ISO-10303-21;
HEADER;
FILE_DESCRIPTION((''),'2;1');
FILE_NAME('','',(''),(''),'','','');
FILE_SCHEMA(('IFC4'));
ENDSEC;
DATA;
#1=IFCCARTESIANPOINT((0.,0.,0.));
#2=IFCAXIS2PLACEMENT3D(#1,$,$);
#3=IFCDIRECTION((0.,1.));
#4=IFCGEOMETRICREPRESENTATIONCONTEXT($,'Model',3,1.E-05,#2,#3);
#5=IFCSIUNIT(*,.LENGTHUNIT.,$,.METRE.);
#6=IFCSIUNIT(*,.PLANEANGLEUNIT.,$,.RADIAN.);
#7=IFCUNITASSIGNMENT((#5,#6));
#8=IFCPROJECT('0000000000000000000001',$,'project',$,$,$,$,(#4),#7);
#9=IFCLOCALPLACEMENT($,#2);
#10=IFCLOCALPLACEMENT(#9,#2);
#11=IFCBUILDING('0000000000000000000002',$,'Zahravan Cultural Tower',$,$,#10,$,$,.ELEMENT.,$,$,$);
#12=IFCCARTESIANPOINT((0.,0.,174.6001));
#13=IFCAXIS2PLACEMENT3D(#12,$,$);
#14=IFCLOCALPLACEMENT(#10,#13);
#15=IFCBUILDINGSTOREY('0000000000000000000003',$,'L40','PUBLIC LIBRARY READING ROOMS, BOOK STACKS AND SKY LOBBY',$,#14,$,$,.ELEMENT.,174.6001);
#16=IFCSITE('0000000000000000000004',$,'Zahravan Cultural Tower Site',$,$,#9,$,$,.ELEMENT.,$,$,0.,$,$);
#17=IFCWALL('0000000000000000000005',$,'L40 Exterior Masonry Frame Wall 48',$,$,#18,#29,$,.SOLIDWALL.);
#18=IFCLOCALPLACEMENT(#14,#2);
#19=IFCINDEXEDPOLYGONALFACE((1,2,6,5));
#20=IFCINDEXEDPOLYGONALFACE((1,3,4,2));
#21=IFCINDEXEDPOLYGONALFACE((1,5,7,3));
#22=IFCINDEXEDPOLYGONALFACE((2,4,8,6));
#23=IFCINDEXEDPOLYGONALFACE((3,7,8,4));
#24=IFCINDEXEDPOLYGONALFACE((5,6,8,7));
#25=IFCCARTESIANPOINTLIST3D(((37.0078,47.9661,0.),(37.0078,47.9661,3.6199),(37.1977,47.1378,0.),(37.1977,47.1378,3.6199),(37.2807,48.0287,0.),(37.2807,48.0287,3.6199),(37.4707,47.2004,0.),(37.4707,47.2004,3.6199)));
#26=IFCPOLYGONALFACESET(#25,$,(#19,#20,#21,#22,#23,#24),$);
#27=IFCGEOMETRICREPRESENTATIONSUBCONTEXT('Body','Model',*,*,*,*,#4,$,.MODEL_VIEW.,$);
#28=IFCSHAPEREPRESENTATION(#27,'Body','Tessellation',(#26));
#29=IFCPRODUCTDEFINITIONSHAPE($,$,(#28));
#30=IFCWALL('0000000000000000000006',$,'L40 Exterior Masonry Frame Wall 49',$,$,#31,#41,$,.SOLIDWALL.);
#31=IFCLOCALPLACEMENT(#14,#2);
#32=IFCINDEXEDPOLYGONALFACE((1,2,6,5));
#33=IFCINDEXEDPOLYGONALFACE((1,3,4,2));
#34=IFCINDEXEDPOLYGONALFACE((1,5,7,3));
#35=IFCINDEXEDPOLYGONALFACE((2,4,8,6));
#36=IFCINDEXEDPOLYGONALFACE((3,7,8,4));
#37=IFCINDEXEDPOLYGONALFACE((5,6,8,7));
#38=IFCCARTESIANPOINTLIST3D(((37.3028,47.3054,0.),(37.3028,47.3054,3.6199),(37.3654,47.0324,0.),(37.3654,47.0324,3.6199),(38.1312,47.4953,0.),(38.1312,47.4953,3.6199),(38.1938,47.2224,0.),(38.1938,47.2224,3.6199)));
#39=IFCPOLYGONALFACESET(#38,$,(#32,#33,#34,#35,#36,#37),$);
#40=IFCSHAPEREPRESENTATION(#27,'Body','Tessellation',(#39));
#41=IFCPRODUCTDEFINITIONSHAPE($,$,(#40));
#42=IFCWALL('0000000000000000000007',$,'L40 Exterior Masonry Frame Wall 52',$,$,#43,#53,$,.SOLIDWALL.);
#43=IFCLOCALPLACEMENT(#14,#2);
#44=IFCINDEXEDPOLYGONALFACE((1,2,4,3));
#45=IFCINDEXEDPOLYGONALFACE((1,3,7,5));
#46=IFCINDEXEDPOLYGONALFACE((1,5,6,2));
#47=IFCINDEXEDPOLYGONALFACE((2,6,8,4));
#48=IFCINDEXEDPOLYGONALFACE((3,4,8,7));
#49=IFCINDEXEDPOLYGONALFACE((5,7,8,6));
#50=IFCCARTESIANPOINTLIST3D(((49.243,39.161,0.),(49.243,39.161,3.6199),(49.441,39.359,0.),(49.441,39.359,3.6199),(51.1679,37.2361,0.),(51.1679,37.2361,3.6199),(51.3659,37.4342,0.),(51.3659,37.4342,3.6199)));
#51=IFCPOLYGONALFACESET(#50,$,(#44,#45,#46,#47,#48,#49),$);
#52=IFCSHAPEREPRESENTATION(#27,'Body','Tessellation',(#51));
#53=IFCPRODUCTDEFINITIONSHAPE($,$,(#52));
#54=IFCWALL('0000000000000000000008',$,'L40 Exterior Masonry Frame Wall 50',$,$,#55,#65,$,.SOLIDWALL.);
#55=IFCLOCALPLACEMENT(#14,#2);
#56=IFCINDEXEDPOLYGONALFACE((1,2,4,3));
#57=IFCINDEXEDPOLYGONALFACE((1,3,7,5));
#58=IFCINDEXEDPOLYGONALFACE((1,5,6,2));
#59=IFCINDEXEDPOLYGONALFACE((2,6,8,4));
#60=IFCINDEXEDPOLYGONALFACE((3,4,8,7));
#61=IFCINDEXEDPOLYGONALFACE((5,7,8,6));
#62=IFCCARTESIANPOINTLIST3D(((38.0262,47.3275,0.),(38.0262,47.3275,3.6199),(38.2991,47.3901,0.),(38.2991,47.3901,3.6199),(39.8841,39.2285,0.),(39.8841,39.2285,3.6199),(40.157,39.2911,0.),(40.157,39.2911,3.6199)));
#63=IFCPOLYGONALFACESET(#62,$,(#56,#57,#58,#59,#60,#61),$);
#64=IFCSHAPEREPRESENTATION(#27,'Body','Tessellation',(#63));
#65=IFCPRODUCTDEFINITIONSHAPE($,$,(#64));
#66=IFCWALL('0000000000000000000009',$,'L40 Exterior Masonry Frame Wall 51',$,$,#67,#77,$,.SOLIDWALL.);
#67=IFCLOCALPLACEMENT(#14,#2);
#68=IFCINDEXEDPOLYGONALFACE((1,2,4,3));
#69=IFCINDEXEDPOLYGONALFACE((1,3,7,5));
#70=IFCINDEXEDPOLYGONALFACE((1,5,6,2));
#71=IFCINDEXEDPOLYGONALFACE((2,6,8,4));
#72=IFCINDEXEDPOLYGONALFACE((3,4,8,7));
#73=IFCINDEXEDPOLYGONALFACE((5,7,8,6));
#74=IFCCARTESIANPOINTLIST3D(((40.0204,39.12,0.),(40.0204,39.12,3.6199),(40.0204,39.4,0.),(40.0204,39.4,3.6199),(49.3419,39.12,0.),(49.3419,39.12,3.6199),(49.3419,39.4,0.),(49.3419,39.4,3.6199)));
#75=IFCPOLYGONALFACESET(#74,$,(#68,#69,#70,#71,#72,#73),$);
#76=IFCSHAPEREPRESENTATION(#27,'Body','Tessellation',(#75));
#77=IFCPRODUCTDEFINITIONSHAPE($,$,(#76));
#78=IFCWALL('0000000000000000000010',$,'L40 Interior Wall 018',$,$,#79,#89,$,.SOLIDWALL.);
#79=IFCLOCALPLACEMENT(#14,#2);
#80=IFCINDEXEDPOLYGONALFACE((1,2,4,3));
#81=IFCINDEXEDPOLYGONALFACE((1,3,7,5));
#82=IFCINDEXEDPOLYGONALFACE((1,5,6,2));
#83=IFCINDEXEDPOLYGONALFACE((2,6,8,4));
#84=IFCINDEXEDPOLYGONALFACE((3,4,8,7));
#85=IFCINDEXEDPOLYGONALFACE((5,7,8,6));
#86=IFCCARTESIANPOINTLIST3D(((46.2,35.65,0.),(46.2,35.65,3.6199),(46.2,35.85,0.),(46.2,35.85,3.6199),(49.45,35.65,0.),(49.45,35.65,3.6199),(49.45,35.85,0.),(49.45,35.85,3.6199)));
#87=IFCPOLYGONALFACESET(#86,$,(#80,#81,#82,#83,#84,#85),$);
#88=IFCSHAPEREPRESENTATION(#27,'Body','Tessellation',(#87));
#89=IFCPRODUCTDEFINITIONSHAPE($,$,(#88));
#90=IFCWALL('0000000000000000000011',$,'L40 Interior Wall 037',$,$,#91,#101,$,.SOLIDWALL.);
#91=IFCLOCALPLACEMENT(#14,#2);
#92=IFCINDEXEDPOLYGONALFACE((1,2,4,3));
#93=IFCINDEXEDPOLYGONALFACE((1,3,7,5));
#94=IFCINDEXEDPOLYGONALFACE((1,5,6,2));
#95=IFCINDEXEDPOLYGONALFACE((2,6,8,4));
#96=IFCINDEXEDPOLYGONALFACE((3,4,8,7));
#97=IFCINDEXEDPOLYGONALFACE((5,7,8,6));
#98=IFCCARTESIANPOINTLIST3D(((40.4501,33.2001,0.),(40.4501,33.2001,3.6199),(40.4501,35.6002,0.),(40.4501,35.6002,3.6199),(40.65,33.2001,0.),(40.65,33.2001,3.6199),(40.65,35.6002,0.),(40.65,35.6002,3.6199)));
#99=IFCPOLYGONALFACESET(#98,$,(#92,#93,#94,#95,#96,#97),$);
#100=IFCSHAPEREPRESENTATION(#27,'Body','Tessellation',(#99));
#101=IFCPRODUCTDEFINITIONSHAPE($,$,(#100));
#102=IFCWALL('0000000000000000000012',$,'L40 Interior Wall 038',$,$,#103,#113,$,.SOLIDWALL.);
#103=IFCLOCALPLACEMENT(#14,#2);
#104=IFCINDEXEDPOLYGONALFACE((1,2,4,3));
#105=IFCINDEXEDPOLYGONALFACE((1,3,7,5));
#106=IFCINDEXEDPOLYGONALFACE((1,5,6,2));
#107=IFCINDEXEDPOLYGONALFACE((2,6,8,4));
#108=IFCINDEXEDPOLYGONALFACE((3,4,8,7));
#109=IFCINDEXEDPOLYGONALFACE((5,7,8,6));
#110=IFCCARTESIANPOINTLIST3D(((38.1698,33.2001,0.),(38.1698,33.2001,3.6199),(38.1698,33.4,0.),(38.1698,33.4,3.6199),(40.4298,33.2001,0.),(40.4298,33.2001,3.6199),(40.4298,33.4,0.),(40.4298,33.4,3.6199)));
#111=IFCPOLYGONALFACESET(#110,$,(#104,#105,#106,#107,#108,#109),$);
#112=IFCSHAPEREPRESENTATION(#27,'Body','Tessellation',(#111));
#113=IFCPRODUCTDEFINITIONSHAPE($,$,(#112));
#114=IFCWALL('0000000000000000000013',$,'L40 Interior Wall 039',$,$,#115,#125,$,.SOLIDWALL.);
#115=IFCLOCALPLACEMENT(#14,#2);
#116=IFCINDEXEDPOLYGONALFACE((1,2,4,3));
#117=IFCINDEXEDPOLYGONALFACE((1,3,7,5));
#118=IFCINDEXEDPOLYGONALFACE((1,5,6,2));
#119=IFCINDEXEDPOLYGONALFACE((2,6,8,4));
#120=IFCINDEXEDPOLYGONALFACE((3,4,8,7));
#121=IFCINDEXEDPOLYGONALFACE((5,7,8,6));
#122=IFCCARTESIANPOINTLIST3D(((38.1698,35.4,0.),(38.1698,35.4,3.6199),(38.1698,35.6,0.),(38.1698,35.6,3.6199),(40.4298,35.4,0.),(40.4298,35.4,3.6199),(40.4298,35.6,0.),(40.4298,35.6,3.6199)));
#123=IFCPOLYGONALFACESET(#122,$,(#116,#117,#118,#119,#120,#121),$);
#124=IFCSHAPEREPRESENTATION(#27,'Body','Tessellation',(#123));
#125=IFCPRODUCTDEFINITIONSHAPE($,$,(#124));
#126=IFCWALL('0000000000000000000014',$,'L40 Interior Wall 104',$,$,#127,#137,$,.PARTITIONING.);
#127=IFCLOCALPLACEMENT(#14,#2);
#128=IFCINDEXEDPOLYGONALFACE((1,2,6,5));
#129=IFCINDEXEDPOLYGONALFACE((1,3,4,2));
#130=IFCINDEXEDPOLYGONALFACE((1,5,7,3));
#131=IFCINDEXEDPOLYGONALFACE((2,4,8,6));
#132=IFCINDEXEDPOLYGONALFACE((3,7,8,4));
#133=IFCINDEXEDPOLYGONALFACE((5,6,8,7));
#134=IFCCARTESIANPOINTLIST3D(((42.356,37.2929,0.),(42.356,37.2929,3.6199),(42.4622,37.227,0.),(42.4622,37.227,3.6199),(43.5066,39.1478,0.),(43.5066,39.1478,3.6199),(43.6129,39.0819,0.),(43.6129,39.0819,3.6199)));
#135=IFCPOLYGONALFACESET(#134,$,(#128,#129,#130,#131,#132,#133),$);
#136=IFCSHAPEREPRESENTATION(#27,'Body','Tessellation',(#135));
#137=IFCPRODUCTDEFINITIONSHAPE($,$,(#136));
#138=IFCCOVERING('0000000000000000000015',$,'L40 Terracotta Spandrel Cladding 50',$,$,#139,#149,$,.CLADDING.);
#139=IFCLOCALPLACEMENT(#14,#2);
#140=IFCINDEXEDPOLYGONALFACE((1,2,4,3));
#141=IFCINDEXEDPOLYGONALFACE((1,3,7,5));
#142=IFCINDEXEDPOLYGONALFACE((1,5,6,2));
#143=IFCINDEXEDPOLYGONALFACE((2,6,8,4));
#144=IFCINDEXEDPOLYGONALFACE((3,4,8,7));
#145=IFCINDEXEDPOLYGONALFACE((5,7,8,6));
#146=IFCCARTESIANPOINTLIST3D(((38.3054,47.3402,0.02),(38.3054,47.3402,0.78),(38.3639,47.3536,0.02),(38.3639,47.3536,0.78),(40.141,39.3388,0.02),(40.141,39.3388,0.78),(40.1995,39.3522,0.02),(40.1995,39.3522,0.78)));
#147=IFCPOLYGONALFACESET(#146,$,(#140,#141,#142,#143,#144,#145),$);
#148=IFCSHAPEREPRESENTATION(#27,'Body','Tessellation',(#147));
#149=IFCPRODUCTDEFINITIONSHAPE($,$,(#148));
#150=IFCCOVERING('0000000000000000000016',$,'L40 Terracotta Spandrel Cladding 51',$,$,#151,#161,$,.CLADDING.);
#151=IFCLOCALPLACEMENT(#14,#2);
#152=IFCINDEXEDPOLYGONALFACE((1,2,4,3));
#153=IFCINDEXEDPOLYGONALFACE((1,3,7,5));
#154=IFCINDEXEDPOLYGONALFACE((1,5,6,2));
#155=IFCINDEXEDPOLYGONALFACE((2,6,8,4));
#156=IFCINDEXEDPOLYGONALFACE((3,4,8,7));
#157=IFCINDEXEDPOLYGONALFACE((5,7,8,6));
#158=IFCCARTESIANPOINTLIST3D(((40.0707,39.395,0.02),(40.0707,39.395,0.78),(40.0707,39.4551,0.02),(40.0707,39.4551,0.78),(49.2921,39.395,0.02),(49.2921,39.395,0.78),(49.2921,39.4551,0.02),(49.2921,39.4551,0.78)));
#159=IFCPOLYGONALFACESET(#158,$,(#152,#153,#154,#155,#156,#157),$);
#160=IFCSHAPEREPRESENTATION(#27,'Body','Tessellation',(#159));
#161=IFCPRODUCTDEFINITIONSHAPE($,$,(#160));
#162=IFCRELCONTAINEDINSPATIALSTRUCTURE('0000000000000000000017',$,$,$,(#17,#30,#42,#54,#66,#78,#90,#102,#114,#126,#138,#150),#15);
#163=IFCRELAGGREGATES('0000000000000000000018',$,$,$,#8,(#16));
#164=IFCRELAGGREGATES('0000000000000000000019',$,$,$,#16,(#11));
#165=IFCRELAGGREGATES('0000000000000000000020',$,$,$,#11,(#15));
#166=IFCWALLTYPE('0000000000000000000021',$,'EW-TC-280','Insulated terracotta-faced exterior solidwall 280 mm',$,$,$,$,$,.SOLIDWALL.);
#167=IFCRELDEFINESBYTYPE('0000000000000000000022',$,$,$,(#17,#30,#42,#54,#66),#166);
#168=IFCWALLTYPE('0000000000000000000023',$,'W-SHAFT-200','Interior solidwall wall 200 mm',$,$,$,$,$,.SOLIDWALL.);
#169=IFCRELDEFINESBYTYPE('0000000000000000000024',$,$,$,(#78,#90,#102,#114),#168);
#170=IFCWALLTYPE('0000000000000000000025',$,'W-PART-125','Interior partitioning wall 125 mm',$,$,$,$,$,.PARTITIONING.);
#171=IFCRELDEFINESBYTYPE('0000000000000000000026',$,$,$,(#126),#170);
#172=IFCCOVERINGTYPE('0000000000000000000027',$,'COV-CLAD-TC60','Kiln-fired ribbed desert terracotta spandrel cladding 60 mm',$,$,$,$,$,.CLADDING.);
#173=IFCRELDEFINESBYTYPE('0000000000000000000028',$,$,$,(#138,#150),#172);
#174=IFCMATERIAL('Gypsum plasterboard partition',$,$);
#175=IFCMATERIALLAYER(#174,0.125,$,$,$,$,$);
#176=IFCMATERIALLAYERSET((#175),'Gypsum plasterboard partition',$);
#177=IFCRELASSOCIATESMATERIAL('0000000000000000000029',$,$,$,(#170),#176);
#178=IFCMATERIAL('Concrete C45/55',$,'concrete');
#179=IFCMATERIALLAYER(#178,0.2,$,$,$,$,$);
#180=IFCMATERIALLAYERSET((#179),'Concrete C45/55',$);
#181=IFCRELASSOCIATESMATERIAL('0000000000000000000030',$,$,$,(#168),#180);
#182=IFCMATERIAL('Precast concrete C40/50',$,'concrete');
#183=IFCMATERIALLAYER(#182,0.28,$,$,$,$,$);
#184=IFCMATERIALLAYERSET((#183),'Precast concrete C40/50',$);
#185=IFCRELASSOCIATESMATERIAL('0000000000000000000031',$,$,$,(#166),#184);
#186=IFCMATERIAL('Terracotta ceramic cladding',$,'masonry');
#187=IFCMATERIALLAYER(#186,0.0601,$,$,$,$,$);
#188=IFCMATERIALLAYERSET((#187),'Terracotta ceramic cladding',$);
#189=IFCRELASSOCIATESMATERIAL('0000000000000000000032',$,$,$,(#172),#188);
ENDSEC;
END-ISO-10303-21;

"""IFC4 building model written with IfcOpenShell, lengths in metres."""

from ifc_helpers import new_model, si_unit, direction, frame, frame_2d, origin, origin_2d, place, context, subcontext, project, spatial, rectangle, extrude, source, transform, mapped, material, layer, layer_set, type_object, element, save


model = new_model("IFC4")

# Units and contexts
model_context = context("Model", 3, precision=1e-05, world=origin(), true_north=direction((0.0, 1.0)))
body_context = subcontext(model_context, "Body", "Model", "MODEL_VIEW")
ifc_project = project(units=[si_unit("LENGTHUNIT", "METRE"), si_unit("PLANEANGLEUNIT", "RADIAN")], contexts=[model_context])

# Site, building, storey
site_placement = place(None, origin())
site = spatial("IfcSite", under=ifc_project, at=site_placement, Name="Zahravan Cultural Tower Site", CompositionType="ELEMENT", RefElevation=0.0)
building_placement = place(site_placement, origin())
building = spatial("IfcBuilding", under=site, at=building_placement, Name="Zahravan Cultural Tower", CompositionType="ELEMENT")
storey_placement = place(building_placement, frame((0.0, 0.0, 174.6001)))
storey = spatial("IfcBuildingStorey", under=building, at=storey_placement, Name="L40", Description="PUBLIC LIBRARY READING ROOMS, BOOK STACKS AND SKY LOBBY", CompositionType="ELEMENT", Elevation=174.6001)

# Shared definitions
ifc_material_1 = material(Name="Gypsum plasterboard partition")
ifc_layer_1 = layer(ifc_material_1, 0.125)
ifc_layer_set_1 = layer_set([ifc_layer_1], Name="Gypsum plasterboard partition")
wall_type_1 = type_object("IfcWallType", Name="W-PART-125", Description="Interior partitioning wall 125 mm", PredefinedType="PARTITIONING", material=ifc_layer_set_1)
ifc_material_2 = material(Name="Concrete C45/55", Category="concrete")
ifc_layer_2 = layer(ifc_material_2, 0.2)
ifc_layer_set_2 = layer_set([ifc_layer_2], Name="Concrete C45/55")
wall_type_2 = type_object("IfcWallType", Name="W-SHAFT-200", Description="Interior solidwall wall 200 mm", PredefinedType="SOLIDWALL", material=ifc_layer_set_2)

# Walls
ifc_material_3 = material(Name="Precast concrete C40/50", Category="concrete")
ifc_layer_3 = layer(ifc_material_3, 0.28)
ifc_layer_set_3 = layer_set([ifc_layer_3], Name="Precast concrete C40/50")
wall_type_3 = type_object("IfcWallType", Name="EW-TC-280", Description="Insulated terracotta-faced exterior solidwall 280 mm", PredefinedType="SOLIDWALL", material=ifc_layer_set_3)
shared_shape_1 = source(origin(), body_context, "Body", "SweptSolid", [
    extrude(rectangle(XDim=0.8499, YDim=0.28, at=frame_2d((0.4248, 0.0))), origin(), (0.0, 0.0, 1.0), 3.6199),
])
for number, where, z_axis, x_axis, name in (
    (1, (37.1443, 47.9973, 0.0), (0.0, 0.0, 1.0), (0.223496, -0.974705, 0.0), "L40 Exterior Masonry Frame Wall 48"),
    (2, (37.3342, 47.1689, 0.0), (0.0, 0.0, 1.0), (0.974705, 0.223496, 0.0), "L40 Exterior Masonry Frame Wall 49"),
):
    element("IfcWall", number, at=place(storey_placement, frame(where, z_axis=z_axis, x_axis=x_axis)), inside=storey, type_object=wall_type_3, Name=name, PredefinedType="SOLIDWALL", context=body_context, shape_type="MappedRepresentation", body=[
        mapped(shared_shape_1, transform((0.0, 0.0, 0.0), x_axis=(1.0, 0.0, 0.0), y_axis=(0.0, 1.0, 0.0), z_axis=(0.0, 0.0, 1.0), scale=1.0)),
    ])
shared_shape_2 = source(origin(), body_context, "Body", "SweptSolid", [
    extrude(rectangle(XDim=2.7222, YDim=0.28, at=frame_2d((1.3611, 0.0))), origin(), (0.0, 0.0, 1.0), 3.6199),
])
wall_1_placement = place(storey_placement, frame((49.342, 39.26, 0.0), z_axis=(0.0, 0.0, 1.0), x_axis=(0.707107, -0.707107, 0.0)))
element("IfcWall", 3, at=wall_1_placement, inside=storey, type_object=wall_type_3, Name="L40 Exterior Masonry Frame Wall 52", PredefinedType="SOLIDWALL", context=body_context, shape_type="MappedRepresentation", body=[
    mapped(shared_shape_2, transform((0.0, 0.0, 0.0), x_axis=(1.0, 0.0, 0.0), y_axis=(0.0, 1.0, 0.0), z_axis=(0.0, 0.0, 1.0), scale=1.0)),
])
shared_shape_3 = source(origin(), body_context, "Body", "SweptSolid", [
    extrude(rectangle(XDim=8.3093, YDim=0.28, at=frame_2d((4.1548, 0.0))), origin(), (0.0, 0.0, 1.0), 3.6199),
])
wall_2_placement = place(storey_placement, frame((38.1626, 47.3589, 0.0), z_axis=(0.0, 0.0, 1.0), x_axis=(0.223595, -0.974682, 0.0)))
element("IfcWall", 4, at=wall_2_placement, inside=storey, type_object=wall_type_3, Name="L40 Exterior Masonry Frame Wall 50", PredefinedType="SOLIDWALL", context=body_context, shape_type="MappedRepresentation", body=[
    mapped(shared_shape_3, transform((0.0, 0.0, 0.0), x_axis=(1.0, 0.0, 0.0), y_axis=(0.0, 1.0, 0.0), z_axis=(0.0, 0.0, 1.0), scale=1.0)),
])
shared_shape_4 = source(origin(), body_context, "Body", "SweptSolid", [
    extrude(rectangle(XDim=9.3215, YDim=0.28, at=frame_2d((4.6606, 0.0))), origin(), (0.0, 0.0, 1.0), 3.6199),
])
wall_3_placement = place(storey_placement, frame((40.0205, 39.26, 0.0), z_axis=(0.0, 0.0, 1.0), x_axis=(1.0, 0.0, 0.0)))
element("IfcWall", 5, at=wall_3_placement, inside=storey, type_object=wall_type_3, Name="L40 Exterior Masonry Frame Wall 51", PredefinedType="SOLIDWALL", context=body_context, shape_type="MappedRepresentation", body=[
    mapped(shared_shape_4, transform((0.0, 0.0, 0.0), x_axis=(1.0, 0.0, 0.0), y_axis=(0.0, 1.0, 0.0), z_axis=(0.0, 0.0, 1.0), scale=1.0)),
])
shared_shape_5 = source(origin(), body_context, "Body", "SweptSolid", [
    extrude(rectangle(XDim=3.25, YDim=0.2, at=frame_2d((1.625, 0.0))), origin(), (0.0, 0.0, 1.0), 3.6199),
])
wall_4_placement = place(storey_placement, frame((46.2, 35.75, 0.0), z_axis=(0.0, 0.0, 1.0), x_axis=(1.0, 0.0, 0.0)))
element("IfcWall", 6, at=wall_4_placement, inside=storey, type_object=wall_type_2, Name="L40 Interior Wall 018", PredefinedType="SOLIDWALL", context=body_context, shape_type="MappedRepresentation", body=[
    mapped(shared_shape_5, transform((0.0, 0.0, 0.0), x_axis=(1.0, 0.0, 0.0), y_axis=(0.0, 1.0, 0.0), z_axis=(0.0, 0.0, 1.0), scale=1.0)),
])
shared_shape_6 = source(origin(), body_context, "Body", "SweptSolid", [
    extrude(rectangle(XDim=2.4001, YDim=0.2, at=frame_2d((1.2002, 0.0))), origin(), (0.0, 0.0, 1.0), 3.6199),
])
wall_5_placement = place(storey_placement, frame((40.55, 33.2, 0.0), z_axis=(0.0, 0.0, 1.0), x_axis=(0.0, 1.0, 0.0)))
element("IfcWall", 7, at=wall_5_placement, inside=storey, type_object=wall_type_2, Name="L40 Interior Wall 037", PredefinedType="SOLIDWALL", context=body_context, shape_type="MappedRepresentation", body=[
    mapped(shared_shape_6, transform((0.0, 0.0, 0.0), x_axis=(1.0, 0.0, 0.0), y_axis=(0.0, 1.0, 0.0), z_axis=(0.0, 0.0, 1.0), scale=1.0)),
])
shared_shape_7 = source(origin(), body_context, "Body", "SweptSolid", [
    extrude(rectangle(XDim=2.26, YDim=0.2, at=frame_2d((1.1299, 0.0))), origin(), (0.0, 0.0, 1.0), 3.6199),
])
for number, where, z_axis, x_axis, name in (
    (8, (38.1699, 33.3, 0.0), (0.0, 0.0, 1.0), (1.0, 0.0, 0.0), "L40 Interior Wall 038"),
    (9, (38.1699, 35.5, 0.0), (0.0, 0.0, 1.0), (1.0, 0.0, 0.0), "L40 Interior Wall 039"),
):
    element("IfcWall", number, at=place(storey_placement, frame(where, z_axis=z_axis, x_axis=x_axis)), inside=storey, type_object=wall_type_2, Name=name, PredefinedType="SOLIDWALL", context=body_context, shape_type="MappedRepresentation", body=[
        mapped(shared_shape_7, transform((0.0, 0.0, 0.0), x_axis=(1.0, 0.0, 0.0), y_axis=(0.0, 1.0, 0.0), z_axis=(0.0, 0.0, 1.0), scale=1.0)),
    ])
shared_shape_8 = source(origin(), body_context, "Body", "SweptSolid", [
    extrude(rectangle(XDim=2.1829, YDim=0.125, at=frame_2d((1.0913, 0.0))), origin(), (0.0, 0.0, 1.0), 3.6199),
])
wall_6_placement = place(storey_placement, frame((42.4092, 37.26, 0.0), z_axis=(0.0, 0.0, 1.0), x_axis=(0.527121, 0.84979, 0.0)))
element("IfcWall", 10, at=wall_6_placement, inside=storey, type_object=wall_type_1, Name="L40 Interior Wall 104", PredefinedType="PARTITIONING", context=body_context, shape_type="MappedRepresentation", body=[
    mapped(shared_shape_8, transform((0.0, 0.0, 0.0), x_axis=(1.0, 0.0, 0.0), y_axis=(0.0, 1.0, 0.0), z_axis=(0.0, 0.0, 1.0), scale=1.0)),
])

# Coverings
ifc_material_4 = material(Name="Terracotta ceramic cladding", Category="masonry")
ifc_layer_4 = layer(ifc_material_4, 0.0601)
ifc_layer_set_4 = layer_set([ifc_layer_4], Name="Terracotta ceramic cladding")
covering_type = type_object("IfcCoveringType", Name="COV-CLAD-TC60", Description="Kiln-fired ribbed desert terracotta spandrel cladding 60 mm", PredefinedType="CLADDING", material=ifc_layer_set_4)
shared_shape_9 = source(origin(), body_context, "Body", "SweptSolid", [
    extrude(rectangle(XDim=8.2092, YDim=0.0601, at=origin_2d()), origin(), (0.0, 0.0, 1.0), 0.76),
])
covering_1_placement = place(storey_placement, frame((39.2524, 43.3462, 0.02), z_axis=(0.0, 0.0, 1.0), x_axis=(0.223607, -0.974679, 0.0)))
element("IfcCovering", 11, at=covering_1_placement, inside=storey, type_object=covering_type, Name="L40 Terracotta Spandrel Cladding 50", PredefinedType="CLADDING", context=body_context, shape_type="MappedRepresentation", body=[
    mapped(shared_shape_9, transform((0.0, 0.0, 0.0), x_axis=(1.0, 0.0, 0.0), y_axis=(0.0, 1.0, 0.0), z_axis=(0.0, 0.0, 1.0), scale=1.0)),
])
shared_shape_10 = source(origin(), body_context, "Body", "SweptSolid", [
    extrude(rectangle(XDim=9.2214, YDim=0.0601, at=origin_2d()), origin(), (0.0, 0.0, 1.0), 0.76),
])
covering_2_placement = place(storey_placement, frame((44.6814, 39.425, 0.02), z_axis=(0.0, 0.0, 1.0), x_axis=(1.0, 0.0, 0.0)))
element("IfcCovering", 12, at=covering_2_placement, inside=storey, type_object=covering_type, Name="L40 Terracotta Spandrel Cladding 51", PredefinedType="CLADDING", context=body_context, shape_type="MappedRepresentation", body=[
    mapped(shared_shape_10, transform((0.0, 0.0, 0.0), x_axis=(1.0, 0.0, 0.0), y_axis=(0.0, 1.0, 0.0), z_axis=(0.0, 0.0, 1.0), scale=1.0)),
])

save(model, "model.ifc")
